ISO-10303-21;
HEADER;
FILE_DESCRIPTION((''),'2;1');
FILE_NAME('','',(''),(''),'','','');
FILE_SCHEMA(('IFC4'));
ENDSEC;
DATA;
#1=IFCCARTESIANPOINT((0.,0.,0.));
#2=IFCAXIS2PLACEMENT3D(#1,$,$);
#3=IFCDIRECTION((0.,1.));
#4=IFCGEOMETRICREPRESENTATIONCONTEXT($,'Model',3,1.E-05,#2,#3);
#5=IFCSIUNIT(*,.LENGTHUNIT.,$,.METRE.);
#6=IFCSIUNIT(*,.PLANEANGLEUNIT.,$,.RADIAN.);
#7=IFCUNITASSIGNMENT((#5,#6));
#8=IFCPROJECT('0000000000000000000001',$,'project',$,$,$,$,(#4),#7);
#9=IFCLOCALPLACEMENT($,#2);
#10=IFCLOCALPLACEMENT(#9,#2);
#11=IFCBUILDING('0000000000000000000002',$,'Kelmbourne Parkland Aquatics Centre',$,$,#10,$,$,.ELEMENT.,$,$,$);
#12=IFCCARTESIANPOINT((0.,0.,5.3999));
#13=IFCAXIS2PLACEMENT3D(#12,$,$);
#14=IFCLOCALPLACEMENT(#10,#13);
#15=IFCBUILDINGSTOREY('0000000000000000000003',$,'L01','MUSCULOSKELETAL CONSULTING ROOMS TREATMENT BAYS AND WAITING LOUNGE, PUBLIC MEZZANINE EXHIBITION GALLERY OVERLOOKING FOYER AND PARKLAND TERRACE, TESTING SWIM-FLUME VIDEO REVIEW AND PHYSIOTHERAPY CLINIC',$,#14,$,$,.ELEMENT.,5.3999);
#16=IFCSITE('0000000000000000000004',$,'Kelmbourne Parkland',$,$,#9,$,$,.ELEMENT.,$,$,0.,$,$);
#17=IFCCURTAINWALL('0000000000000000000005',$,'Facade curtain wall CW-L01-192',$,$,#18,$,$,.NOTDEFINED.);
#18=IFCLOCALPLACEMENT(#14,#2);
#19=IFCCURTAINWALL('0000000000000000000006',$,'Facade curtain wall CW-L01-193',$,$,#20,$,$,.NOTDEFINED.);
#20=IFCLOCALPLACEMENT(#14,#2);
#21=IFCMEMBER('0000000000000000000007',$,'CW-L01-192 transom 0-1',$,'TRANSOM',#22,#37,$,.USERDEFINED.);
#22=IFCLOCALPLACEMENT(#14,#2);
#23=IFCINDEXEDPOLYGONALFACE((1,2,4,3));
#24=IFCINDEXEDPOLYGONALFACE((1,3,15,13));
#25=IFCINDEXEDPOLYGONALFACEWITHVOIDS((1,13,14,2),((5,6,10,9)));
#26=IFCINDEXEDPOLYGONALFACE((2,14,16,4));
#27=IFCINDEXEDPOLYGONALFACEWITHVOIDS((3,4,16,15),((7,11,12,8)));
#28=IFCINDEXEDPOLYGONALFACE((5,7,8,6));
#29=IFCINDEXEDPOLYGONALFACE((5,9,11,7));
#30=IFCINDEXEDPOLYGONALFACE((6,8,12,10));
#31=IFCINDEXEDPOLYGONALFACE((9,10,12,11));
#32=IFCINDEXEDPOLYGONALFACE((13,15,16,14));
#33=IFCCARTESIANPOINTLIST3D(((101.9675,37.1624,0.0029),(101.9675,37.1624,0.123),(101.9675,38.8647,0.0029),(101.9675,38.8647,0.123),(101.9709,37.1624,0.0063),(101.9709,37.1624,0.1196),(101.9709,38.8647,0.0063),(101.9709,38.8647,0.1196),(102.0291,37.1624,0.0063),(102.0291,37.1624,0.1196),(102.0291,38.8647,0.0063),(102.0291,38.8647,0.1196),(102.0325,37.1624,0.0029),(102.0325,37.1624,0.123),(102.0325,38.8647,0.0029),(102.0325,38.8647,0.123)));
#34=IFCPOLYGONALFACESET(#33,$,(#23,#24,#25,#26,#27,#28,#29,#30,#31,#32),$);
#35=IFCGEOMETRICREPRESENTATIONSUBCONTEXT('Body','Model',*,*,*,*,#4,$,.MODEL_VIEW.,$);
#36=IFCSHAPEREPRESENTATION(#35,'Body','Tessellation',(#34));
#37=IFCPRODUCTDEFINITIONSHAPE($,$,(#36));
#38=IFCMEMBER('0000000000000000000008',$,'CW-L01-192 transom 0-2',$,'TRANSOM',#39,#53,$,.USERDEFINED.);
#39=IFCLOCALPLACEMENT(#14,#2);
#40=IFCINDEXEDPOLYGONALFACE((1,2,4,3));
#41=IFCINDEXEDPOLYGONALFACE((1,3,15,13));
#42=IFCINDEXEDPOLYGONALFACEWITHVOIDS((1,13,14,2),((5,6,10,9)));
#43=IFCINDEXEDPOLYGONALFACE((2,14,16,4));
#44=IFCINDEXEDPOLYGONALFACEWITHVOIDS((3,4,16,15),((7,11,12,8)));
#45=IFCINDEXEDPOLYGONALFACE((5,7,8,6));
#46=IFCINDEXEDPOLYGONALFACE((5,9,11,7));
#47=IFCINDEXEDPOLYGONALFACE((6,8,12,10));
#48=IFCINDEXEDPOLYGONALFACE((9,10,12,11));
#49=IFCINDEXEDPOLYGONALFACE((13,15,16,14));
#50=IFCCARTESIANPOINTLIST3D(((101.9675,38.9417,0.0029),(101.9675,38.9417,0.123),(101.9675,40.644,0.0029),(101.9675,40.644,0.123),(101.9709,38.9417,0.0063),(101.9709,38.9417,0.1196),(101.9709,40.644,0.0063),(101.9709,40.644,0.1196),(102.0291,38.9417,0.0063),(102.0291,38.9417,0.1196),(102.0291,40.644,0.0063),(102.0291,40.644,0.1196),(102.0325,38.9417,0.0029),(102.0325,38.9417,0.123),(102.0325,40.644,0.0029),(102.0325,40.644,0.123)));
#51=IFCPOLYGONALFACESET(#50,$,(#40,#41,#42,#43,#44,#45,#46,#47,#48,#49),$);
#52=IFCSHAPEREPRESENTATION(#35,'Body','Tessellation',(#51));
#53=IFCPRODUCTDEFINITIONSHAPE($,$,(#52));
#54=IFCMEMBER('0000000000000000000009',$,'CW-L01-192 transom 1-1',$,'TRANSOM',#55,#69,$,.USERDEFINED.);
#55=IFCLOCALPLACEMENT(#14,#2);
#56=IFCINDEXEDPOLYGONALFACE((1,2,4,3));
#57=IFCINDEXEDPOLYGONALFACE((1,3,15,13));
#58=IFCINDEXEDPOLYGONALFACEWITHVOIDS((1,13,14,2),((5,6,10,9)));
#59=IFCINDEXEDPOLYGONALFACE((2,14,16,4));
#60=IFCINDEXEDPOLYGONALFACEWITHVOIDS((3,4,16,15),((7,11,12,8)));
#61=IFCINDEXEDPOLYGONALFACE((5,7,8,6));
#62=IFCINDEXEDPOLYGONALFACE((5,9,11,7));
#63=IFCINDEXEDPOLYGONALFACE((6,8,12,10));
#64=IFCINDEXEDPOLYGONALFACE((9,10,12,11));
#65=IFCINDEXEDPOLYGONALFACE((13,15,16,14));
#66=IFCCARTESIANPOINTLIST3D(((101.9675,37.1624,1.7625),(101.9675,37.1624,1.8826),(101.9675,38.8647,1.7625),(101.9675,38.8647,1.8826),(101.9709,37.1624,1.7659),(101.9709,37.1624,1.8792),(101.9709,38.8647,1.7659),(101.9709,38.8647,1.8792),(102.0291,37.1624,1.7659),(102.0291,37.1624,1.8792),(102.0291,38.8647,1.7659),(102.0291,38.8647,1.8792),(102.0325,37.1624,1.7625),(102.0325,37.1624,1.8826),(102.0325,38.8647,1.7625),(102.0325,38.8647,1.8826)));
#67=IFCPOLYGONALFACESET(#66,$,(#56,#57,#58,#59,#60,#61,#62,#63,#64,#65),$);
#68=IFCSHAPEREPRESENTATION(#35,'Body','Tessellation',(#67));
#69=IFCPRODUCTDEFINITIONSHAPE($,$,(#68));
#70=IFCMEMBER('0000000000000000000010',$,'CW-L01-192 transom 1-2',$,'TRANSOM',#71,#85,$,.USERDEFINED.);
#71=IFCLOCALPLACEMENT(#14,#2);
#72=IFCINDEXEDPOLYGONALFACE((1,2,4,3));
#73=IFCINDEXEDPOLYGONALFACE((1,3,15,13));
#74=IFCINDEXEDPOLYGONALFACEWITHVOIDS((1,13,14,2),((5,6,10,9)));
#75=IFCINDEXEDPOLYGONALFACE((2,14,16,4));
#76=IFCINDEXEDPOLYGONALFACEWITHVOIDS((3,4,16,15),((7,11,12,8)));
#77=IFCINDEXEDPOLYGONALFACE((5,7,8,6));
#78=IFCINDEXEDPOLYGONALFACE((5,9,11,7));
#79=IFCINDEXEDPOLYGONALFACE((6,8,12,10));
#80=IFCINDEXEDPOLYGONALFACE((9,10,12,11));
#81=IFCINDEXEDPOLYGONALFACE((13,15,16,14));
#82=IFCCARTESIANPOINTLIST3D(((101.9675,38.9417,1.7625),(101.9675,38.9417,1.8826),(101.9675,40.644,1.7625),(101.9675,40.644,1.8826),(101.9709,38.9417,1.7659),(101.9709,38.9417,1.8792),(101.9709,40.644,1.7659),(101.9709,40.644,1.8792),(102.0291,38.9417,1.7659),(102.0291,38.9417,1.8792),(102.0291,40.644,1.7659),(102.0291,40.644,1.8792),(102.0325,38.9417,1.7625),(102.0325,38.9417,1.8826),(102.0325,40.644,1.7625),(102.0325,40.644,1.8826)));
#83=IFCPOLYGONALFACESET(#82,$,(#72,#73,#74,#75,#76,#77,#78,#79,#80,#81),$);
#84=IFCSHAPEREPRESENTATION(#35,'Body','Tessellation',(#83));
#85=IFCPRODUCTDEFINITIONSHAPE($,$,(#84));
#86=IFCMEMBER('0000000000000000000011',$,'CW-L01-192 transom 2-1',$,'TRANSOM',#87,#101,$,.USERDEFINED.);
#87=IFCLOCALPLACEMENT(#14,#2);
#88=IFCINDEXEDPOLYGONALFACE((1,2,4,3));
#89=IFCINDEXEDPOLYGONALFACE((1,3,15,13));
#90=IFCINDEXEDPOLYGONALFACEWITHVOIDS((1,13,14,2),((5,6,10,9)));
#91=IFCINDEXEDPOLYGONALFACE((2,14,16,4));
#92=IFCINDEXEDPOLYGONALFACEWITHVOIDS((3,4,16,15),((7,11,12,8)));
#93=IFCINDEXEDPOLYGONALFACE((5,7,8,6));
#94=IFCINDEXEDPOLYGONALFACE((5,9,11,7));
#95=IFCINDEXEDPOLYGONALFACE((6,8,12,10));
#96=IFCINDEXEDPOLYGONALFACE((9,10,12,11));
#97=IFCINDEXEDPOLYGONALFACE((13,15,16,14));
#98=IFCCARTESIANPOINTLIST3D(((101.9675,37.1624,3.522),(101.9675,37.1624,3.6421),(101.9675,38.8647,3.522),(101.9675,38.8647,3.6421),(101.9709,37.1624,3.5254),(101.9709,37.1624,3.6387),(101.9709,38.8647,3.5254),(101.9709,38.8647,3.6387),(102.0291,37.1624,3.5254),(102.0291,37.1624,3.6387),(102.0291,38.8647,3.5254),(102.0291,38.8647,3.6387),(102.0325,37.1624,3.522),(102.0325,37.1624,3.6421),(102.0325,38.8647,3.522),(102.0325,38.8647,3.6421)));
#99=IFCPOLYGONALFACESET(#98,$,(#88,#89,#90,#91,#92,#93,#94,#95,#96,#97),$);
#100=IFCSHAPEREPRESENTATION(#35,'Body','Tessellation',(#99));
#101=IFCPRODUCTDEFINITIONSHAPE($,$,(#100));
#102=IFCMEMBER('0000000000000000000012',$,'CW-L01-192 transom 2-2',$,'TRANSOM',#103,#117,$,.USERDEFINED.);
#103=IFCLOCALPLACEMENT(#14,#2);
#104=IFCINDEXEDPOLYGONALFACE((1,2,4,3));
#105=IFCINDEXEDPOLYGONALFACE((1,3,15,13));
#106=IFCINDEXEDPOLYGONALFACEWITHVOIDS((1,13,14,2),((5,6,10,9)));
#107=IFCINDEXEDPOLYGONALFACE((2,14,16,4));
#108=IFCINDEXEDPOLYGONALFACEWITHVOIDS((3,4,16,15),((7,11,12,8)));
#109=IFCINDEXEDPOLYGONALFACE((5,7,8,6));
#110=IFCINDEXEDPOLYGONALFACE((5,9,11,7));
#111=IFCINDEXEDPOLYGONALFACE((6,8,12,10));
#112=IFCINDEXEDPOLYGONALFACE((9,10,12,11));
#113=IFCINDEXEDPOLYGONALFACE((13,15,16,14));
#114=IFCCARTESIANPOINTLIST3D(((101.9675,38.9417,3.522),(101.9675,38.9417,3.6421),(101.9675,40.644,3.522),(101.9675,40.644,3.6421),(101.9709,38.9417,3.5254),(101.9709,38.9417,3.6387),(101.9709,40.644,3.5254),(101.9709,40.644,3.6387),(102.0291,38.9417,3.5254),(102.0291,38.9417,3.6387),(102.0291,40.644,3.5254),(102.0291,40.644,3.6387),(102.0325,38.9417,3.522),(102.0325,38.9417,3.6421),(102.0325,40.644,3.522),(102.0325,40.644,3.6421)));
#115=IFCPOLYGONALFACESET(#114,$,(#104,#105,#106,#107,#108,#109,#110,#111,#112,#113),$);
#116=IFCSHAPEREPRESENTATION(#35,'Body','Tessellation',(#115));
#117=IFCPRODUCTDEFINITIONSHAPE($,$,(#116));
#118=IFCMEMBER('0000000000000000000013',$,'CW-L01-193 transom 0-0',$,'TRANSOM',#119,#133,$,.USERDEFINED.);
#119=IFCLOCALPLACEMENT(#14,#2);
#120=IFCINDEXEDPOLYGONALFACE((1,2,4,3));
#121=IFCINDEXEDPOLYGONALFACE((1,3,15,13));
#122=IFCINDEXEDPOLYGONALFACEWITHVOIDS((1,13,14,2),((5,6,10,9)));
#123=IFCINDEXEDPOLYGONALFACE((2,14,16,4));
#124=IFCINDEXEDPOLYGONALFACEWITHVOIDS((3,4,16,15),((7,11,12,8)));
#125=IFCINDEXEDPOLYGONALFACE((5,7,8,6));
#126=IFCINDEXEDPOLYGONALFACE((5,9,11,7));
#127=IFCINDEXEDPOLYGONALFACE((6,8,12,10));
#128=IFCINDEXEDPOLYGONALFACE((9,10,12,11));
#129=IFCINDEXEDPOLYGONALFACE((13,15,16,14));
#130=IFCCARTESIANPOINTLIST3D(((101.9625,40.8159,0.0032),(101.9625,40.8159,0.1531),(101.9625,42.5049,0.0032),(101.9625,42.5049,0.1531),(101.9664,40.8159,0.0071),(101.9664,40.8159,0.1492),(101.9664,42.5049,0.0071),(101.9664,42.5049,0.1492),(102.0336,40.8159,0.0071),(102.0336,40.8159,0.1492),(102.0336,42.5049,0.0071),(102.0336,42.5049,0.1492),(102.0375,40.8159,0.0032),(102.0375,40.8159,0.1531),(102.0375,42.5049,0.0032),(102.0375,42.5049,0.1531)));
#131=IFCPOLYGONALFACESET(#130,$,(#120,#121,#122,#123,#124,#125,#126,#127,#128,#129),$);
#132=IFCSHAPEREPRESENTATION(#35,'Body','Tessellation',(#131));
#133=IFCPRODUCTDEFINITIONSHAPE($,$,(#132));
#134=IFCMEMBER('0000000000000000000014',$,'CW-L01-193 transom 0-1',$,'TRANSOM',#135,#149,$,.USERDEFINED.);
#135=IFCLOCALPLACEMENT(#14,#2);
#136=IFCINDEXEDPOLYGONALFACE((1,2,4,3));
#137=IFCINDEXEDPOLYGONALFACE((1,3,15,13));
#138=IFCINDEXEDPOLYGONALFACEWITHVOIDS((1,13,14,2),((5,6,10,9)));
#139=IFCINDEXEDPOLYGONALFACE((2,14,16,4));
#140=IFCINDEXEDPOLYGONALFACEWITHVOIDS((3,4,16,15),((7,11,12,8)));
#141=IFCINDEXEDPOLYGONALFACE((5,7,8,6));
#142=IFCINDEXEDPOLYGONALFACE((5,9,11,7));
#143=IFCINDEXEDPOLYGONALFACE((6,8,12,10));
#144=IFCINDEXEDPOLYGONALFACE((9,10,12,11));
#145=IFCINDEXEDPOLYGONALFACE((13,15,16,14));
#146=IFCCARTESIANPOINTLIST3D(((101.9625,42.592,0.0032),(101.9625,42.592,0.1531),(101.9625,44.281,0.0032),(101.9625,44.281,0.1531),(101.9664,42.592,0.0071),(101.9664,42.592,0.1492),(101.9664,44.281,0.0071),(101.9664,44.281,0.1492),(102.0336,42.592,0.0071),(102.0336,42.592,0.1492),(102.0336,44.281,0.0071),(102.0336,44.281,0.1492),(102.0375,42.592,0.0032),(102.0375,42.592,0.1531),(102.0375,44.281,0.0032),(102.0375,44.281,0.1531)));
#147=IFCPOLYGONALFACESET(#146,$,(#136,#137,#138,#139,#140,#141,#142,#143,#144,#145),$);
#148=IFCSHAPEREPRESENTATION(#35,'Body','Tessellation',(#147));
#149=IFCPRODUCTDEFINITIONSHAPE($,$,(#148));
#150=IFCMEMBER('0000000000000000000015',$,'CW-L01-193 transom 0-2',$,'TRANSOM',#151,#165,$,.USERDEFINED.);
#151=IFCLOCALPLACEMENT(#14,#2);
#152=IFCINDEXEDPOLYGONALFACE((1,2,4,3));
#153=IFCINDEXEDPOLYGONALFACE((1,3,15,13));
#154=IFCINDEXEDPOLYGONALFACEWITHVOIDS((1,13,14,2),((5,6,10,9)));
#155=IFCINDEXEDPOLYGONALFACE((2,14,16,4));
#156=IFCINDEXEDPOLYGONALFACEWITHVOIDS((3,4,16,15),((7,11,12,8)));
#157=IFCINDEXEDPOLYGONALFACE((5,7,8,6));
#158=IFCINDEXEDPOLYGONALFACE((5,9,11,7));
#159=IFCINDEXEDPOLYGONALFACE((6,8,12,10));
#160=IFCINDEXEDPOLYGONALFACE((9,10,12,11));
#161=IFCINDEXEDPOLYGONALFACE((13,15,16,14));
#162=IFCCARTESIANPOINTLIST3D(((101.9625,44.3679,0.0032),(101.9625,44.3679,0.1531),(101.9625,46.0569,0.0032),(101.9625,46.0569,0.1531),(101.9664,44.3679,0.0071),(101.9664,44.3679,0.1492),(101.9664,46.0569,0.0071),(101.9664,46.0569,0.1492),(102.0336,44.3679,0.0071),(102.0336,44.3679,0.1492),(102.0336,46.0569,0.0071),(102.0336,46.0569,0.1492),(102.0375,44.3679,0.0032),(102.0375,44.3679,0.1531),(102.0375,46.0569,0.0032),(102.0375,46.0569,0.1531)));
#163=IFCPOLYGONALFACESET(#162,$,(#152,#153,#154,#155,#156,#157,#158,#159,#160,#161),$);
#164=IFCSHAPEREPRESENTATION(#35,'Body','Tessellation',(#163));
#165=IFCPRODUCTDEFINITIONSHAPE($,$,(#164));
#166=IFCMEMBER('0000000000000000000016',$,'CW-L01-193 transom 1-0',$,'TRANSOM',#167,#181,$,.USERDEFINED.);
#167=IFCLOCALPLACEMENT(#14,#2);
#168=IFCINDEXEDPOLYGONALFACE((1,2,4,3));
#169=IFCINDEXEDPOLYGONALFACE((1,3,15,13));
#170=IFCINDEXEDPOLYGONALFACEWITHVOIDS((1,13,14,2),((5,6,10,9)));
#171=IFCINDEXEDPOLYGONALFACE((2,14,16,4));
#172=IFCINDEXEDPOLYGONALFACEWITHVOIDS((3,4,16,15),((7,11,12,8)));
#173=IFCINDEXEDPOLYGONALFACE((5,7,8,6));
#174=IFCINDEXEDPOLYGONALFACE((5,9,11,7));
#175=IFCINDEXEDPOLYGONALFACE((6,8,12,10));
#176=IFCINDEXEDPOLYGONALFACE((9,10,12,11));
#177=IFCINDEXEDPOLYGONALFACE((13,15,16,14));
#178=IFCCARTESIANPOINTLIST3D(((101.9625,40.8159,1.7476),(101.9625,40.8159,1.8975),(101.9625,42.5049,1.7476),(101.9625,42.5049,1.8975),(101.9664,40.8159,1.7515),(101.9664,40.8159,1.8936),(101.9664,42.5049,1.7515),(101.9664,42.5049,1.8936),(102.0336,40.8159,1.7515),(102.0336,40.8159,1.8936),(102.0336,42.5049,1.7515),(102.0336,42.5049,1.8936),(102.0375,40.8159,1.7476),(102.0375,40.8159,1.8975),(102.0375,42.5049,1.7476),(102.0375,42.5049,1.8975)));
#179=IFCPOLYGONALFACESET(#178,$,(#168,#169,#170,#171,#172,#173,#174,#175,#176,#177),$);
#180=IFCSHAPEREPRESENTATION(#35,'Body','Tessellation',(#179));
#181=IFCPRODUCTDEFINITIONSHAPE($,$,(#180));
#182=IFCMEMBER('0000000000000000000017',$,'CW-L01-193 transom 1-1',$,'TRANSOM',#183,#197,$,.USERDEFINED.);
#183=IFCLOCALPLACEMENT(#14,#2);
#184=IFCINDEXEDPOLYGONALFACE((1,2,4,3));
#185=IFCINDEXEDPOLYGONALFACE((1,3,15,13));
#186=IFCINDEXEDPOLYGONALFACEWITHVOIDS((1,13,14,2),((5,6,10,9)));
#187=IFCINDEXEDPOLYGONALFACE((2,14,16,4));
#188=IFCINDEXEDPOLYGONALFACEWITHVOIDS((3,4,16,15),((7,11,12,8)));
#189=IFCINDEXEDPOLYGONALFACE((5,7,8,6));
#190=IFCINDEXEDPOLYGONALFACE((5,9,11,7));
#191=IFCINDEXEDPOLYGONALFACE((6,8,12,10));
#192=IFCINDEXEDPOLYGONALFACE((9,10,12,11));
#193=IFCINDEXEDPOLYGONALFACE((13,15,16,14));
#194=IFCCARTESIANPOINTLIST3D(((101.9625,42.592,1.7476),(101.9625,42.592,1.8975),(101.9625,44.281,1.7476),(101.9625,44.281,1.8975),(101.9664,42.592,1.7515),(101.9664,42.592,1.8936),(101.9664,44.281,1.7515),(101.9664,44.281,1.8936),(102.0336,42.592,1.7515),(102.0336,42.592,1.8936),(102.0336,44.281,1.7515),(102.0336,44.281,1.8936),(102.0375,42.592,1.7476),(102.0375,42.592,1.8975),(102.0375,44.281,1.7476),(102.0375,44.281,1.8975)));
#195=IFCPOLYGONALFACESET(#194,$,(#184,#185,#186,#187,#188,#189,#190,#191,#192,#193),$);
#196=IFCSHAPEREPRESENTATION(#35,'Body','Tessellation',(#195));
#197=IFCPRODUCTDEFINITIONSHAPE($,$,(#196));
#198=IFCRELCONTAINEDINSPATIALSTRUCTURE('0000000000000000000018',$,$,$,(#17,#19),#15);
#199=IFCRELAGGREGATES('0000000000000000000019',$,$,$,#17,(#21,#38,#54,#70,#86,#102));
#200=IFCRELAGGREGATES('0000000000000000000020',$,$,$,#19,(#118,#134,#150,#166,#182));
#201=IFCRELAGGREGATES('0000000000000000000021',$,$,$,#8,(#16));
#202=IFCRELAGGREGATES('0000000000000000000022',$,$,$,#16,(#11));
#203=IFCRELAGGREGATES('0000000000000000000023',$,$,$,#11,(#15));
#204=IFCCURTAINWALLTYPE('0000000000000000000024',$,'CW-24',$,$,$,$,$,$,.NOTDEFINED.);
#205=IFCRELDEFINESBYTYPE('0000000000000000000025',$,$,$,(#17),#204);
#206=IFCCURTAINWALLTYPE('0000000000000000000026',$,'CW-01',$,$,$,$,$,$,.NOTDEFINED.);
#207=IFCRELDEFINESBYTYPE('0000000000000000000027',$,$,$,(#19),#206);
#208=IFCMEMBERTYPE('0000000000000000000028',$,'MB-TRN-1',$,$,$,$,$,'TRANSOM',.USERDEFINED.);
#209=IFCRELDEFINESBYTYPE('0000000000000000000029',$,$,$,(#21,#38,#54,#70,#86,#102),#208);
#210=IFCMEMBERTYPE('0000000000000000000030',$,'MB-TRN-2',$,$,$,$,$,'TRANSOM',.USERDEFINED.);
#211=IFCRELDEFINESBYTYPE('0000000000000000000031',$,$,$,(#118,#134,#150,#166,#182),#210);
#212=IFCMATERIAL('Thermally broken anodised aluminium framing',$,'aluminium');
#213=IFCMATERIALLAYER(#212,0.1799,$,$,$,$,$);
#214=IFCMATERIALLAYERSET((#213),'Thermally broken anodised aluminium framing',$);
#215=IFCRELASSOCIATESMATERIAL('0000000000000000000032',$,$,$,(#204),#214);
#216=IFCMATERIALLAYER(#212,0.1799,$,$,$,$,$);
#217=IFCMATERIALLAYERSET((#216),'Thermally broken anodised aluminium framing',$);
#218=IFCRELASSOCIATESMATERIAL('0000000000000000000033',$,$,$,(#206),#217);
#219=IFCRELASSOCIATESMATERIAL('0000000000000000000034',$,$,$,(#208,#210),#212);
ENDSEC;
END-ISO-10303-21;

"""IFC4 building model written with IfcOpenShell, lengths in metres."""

from ifc_helpers import new_model, si_unit, direction, frame, origin, origin_2d, place, context, subcontext, project, spatial, hollow_rectangle, extrude, material, layer, layer_set, material_profile, profile_set, type_object, element, aggregate, save


model = new_model("IFC4")

# Units and contexts
model_context = context("Model", 3, precision=1e-05, world=origin(), true_north=direction((0.0, 1.0)))
body_context = subcontext(model_context, "Body", "Model", "MODEL_VIEW")
ifc_project = project(units=[si_unit("LENGTHUNIT", "METRE"), si_unit("PLANEANGLEUNIT", "RADIAN")], contexts=[model_context])

# Site, building, storey
site_placement = place(None, origin())
site = spatial("IfcSite", under=ifc_project, at=site_placement, Name="Kelmbourne Parkland", CompositionType="ELEMENT", RefElevation=0.0)
building_placement = place(site_placement, origin())
building = spatial("IfcBuilding", under=site, at=building_placement, Name="Kelmbourne Parkland Aquatics Centre", CompositionType="ELEMENT")
storey_placement = place(building_placement, frame((0.0, 0.0, 5.3999)))
storey = spatial("IfcBuildingStorey", under=building, at=storey_placement, Name="L01", Description="MUSCULOSKELETAL CONSULTING ROOMS TREATMENT BAYS AND WAITING LOUNGE, PUBLIC MEZZANINE EXHIBITION GALLERY OVERLOOKING FOYER AND PARKLAND TERRACE, TESTING SWIM-FLUME VIDEO REVIEW AND PHYSIOTHERAPY CLINIC", CompositionType="ELEMENT", Elevation=5.3999)

# Curtain walls
ifc_material_1 = material(Name="Thermally broken anodised aluminium framing", Category="aluminium")
ifc_layer_1 = layer(ifc_material_1, 0.1799)
ifc_layer_set_1 = layer_set([ifc_layer_1], Name="Thermally broken anodised aluminium framing")
curtain_wall_type_1 = type_object("IfcCurtainWallType", Name="CW-24", PredefinedType="NOTDEFINED", material=ifc_layer_set_1)
curtain_wall_1_placement = place(storey_placement, origin())
curtain_wall_1 = element("IfcCurtainWall", 1, at=curtain_wall_1_placement, inside=storey, type_object=curtain_wall_type_1, Name="Facade curtain wall CW-L01-192", PredefinedType="NOTDEFINED")
ifc_layer_2 = layer(ifc_material_1, 0.1799)
ifc_layer_set_2 = layer_set([ifc_layer_2], Name="Thermally broken anodised aluminium framing")
curtain_wall_type_2 = type_object("IfcCurtainWallType", Name="CW-01", PredefinedType="NOTDEFINED", material=ifc_layer_set_2)
curtain_wall_2_placement = place(storey_placement, origin())
curtain_wall_2 = element("IfcCurtainWall", 2, at=curtain_wall_2_placement, inside=storey, type_object=curtain_wall_type_2, Name="Facade curtain wall CW-L01-193", PredefinedType="NOTDEFINED")

# Members
ifc_material_profile_1 = material_profile(ifc_material_1, hollow_rectangle(XDim=0.0649, YDim=0.1201, WallThickness=0.0034, at=origin_2d()), Name="CW-T 65x120")
ifc_profile_set_1 = profile_set([ifc_material_profile_1], Name="Thermally broken anodised aluminium framing")
member_type_1 = type_object("IfcMemberType", Name="MB-TRN-1", ElementType="TRANSOM", PredefinedType="USERDEFINED", material=ifc_profile_set_1)
member_1_placement = place(storey_placement, frame((102.0, 37.1624, 0.063), z_axis=(0.0, 1.0, 0.0), x_axis=(-1.0, 0.0, 0.0)))
member_1 = element("IfcMember", 3, at=member_1_placement, type_object=member_type_1, Name="CW-L01-192 transom 0-1", ObjectType="TRANSOM", PredefinedType="USERDEFINED", context=body_context, shape_type="SweptSolid", body=[
    extrude(hollow_rectangle(XDim=0.0649, YDim=0.1201, WallThickness=0.0034, at=origin_2d()), origin(), (0.0, 0.0, 1.0), 1.7024),
])
member_2_placement = place(storey_placement, frame((102.0, 38.9417, 0.063), z_axis=(0.0, 1.0, 0.0), x_axis=(-1.0, 0.0, 0.0)))
member_2 = element("IfcMember", 4, at=member_2_placement, type_object=member_type_1, Name="CW-L01-192 transom 0-2", ObjectType="TRANSOM", PredefinedType="USERDEFINED", context=body_context, shape_type="SweptSolid", body=[
    extrude(hollow_rectangle(XDim=0.0649, YDim=0.1201, WallThickness=0.0034, at=origin_2d()), origin(), (0.0, 0.0, 1.0), 1.7024),
])
member_3_placement = place(storey_placement, frame((102.0, 37.1624, 1.8225), z_axis=(0.0, 1.0, 0.0), x_axis=(-1.0, 0.0, 0.0)))
member_3 = element("IfcMember", 5, at=member_3_placement, type_object=member_type_1, Name="CW-L01-192 transom 1-1", ObjectType="TRANSOM", PredefinedType="USERDEFINED", context=body_context, shape_type="SweptSolid", body=[
    extrude(hollow_rectangle(XDim=0.0649, YDim=0.1201, WallThickness=0.0034, at=origin_2d()), origin(), (0.0, 0.0, 1.0), 1.7024),
])
member_4_placement = place(storey_placement, frame((102.0, 38.9417, 1.8225), z_axis=(0.0, 1.0, 0.0), x_axis=(-1.0, 0.0, 0.0)))
member_4 = element("IfcMember", 6, at=member_4_placement, type_object=member_type_1, Name="CW-L01-192 transom 1-2", ObjectType="TRANSOM", PredefinedType="USERDEFINED", context=body_context, shape_type="SweptSolid", body=[
    extrude(hollow_rectangle(XDim=0.0649, YDim=0.1201, WallThickness=0.0034, at=origin_2d()), origin(), (0.0, 0.0, 1.0), 1.7024),
])
member_5_placement = place(storey_placement, frame((102.0, 37.1624, 3.582), z_axis=(0.0, 1.0, 0.0), x_axis=(-1.0, 0.0, 0.0)))
member_5 = element("IfcMember", 7, at=member_5_placement, type_object=member_type_1, Name="CW-L01-192 transom 2-1", ObjectType="TRANSOM", PredefinedType="USERDEFINED", context=body_context, shape_type="SweptSolid", body=[
    extrude(hollow_rectangle(XDim=0.0649, YDim=0.1201, WallThickness=0.0034, at=origin_2d()), origin(), (0.0, 0.0, 1.0), 1.7024),
])
member_6_placement = place(storey_placement, frame((102.0, 38.9417, 3.582), z_axis=(0.0, 1.0, 0.0), x_axis=(-1.0, 0.0, 0.0)))
member_6 = element("IfcMember", 8, at=member_6_placement, type_object=member_type_1, Name="CW-L01-192 transom 2-2", ObjectType="TRANSOM", PredefinedType="USERDEFINED", context=body_context, shape_type="SweptSolid", body=[
    extrude(hollow_rectangle(XDim=0.0649, YDim=0.1201, WallThickness=0.0034, at=origin_2d()), origin(), (0.0, 0.0, 1.0), 1.7024),
])
ifc_material_profile_2 = material_profile(ifc_material_1, hollow_rectangle(XDim=0.075, YDim=0.1499, WallThickness=0.0039, at=origin_2d()), Name="CW-T 75x150")
ifc_profile_set_2 = profile_set([ifc_material_profile_2], Name="Thermally broken anodised aluminium framing")
member_type_2 = type_object("IfcMemberType", Name="MB-TRN-2", ElementType="TRANSOM", PredefinedType="USERDEFINED", material=ifc_profile_set_2)
member_7_placement = place(storey_placement, frame((102.0, 40.8159, 0.0781), z_axis=(0.0, 1.0, 0.0), x_axis=(-1.0, 0.0, 0.0)))
member_7 = element("IfcMember", 9, at=member_7_placement, type_object=member_type_2, Name="CW-L01-193 transom 0-0", ObjectType="TRANSOM", PredefinedType="USERDEFINED", context=body_context, shape_type="SweptSolid", body=[
    extrude(hollow_rectangle(XDim=0.075, YDim=0.1499, WallThickness=0.0039, at=origin_2d()), origin(), (0.0, 0.0, 1.0), 1.689),
])
member_8_placement = place(storey_placement, frame((102.0, 42.592, 0.0781), z_axis=(0.0, 1.0, 0.0), x_axis=(-1.0, 0.0, 0.0)))
member_8 = element("IfcMember", 10, at=member_8_placement, type_object=member_type_2, Name="CW-L01-193 transom 0-1", ObjectType="TRANSOM", PredefinedType="USERDEFINED", context=body_context, shape_type="SweptSolid", body=[
    extrude(hollow_rectangle(XDim=0.075, YDim=0.1499, WallThickness=0.0039, at=origin_2d()), origin(), (0.0, 0.0, 1.0), 1.689),
])
member_9_placement = place(storey_placement, frame((102.0, 44.3679, 0.0781), z_axis=(0.0, 1.0, 0.0), x_axis=(-1.0, 0.0, 0.0)))
member_9 = element("IfcMember", 11, at=member_9_placement, type_object=member_type_2, Name="CW-L01-193 transom 0-2", ObjectType="TRANSOM", PredefinedType="USERDEFINED", context=body_context, shape_type="SweptSolid", body=[
    extrude(hollow_rectangle(XDim=0.075, YDim=0.1499, WallThickness=0.0039, at=origin_2d()), origin(), (0.0, 0.0, 1.0), 1.689),
])
member_10_placement = place(storey_placement, frame((102.0, 40.8159, 1.8225), z_axis=(0.0, 1.0, 0.0), x_axis=(-1.0, 0.0, 0.0)))
member_10 = element("IfcMember", 12, at=member_10_placement, type_object=member_type_2, Name="CW-L01-193 transom 1-0", ObjectType="TRANSOM", PredefinedType="USERDEFINED", context=body_context, shape_type="SweptSolid", body=[
    extrude(hollow_rectangle(XDim=0.075, YDim=0.1499, WallThickness=0.0039, at=origin_2d()), origin(), (0.0, 0.0, 1.0), 1.689),
])
member_11_placement = place(storey_placement, frame((102.0, 42.592, 1.8225), z_axis=(0.0, 1.0, 0.0), x_axis=(-1.0, 0.0, 0.0)))
member_11 = element("IfcMember", 13, at=member_11_placement, type_object=member_type_2, Name="CW-L01-193 transom 1-1", ObjectType="TRANSOM", PredefinedType="USERDEFINED", context=body_context, shape_type="SweptSolid", body=[
    extrude(hollow_rectangle(XDim=0.075, YDim=0.1499, WallThickness=0.0039, at=origin_2d()), origin(), (0.0, 0.0, 1.0), 1.689),
])

aggregate(curtain_wall_1, [member_1, member_2, member_3, member_4, member_5, member_6])
aggregate(curtain_wall_2, [member_7, member_8, member_9, member_10, member_11])

save(model, "model.ifc")
